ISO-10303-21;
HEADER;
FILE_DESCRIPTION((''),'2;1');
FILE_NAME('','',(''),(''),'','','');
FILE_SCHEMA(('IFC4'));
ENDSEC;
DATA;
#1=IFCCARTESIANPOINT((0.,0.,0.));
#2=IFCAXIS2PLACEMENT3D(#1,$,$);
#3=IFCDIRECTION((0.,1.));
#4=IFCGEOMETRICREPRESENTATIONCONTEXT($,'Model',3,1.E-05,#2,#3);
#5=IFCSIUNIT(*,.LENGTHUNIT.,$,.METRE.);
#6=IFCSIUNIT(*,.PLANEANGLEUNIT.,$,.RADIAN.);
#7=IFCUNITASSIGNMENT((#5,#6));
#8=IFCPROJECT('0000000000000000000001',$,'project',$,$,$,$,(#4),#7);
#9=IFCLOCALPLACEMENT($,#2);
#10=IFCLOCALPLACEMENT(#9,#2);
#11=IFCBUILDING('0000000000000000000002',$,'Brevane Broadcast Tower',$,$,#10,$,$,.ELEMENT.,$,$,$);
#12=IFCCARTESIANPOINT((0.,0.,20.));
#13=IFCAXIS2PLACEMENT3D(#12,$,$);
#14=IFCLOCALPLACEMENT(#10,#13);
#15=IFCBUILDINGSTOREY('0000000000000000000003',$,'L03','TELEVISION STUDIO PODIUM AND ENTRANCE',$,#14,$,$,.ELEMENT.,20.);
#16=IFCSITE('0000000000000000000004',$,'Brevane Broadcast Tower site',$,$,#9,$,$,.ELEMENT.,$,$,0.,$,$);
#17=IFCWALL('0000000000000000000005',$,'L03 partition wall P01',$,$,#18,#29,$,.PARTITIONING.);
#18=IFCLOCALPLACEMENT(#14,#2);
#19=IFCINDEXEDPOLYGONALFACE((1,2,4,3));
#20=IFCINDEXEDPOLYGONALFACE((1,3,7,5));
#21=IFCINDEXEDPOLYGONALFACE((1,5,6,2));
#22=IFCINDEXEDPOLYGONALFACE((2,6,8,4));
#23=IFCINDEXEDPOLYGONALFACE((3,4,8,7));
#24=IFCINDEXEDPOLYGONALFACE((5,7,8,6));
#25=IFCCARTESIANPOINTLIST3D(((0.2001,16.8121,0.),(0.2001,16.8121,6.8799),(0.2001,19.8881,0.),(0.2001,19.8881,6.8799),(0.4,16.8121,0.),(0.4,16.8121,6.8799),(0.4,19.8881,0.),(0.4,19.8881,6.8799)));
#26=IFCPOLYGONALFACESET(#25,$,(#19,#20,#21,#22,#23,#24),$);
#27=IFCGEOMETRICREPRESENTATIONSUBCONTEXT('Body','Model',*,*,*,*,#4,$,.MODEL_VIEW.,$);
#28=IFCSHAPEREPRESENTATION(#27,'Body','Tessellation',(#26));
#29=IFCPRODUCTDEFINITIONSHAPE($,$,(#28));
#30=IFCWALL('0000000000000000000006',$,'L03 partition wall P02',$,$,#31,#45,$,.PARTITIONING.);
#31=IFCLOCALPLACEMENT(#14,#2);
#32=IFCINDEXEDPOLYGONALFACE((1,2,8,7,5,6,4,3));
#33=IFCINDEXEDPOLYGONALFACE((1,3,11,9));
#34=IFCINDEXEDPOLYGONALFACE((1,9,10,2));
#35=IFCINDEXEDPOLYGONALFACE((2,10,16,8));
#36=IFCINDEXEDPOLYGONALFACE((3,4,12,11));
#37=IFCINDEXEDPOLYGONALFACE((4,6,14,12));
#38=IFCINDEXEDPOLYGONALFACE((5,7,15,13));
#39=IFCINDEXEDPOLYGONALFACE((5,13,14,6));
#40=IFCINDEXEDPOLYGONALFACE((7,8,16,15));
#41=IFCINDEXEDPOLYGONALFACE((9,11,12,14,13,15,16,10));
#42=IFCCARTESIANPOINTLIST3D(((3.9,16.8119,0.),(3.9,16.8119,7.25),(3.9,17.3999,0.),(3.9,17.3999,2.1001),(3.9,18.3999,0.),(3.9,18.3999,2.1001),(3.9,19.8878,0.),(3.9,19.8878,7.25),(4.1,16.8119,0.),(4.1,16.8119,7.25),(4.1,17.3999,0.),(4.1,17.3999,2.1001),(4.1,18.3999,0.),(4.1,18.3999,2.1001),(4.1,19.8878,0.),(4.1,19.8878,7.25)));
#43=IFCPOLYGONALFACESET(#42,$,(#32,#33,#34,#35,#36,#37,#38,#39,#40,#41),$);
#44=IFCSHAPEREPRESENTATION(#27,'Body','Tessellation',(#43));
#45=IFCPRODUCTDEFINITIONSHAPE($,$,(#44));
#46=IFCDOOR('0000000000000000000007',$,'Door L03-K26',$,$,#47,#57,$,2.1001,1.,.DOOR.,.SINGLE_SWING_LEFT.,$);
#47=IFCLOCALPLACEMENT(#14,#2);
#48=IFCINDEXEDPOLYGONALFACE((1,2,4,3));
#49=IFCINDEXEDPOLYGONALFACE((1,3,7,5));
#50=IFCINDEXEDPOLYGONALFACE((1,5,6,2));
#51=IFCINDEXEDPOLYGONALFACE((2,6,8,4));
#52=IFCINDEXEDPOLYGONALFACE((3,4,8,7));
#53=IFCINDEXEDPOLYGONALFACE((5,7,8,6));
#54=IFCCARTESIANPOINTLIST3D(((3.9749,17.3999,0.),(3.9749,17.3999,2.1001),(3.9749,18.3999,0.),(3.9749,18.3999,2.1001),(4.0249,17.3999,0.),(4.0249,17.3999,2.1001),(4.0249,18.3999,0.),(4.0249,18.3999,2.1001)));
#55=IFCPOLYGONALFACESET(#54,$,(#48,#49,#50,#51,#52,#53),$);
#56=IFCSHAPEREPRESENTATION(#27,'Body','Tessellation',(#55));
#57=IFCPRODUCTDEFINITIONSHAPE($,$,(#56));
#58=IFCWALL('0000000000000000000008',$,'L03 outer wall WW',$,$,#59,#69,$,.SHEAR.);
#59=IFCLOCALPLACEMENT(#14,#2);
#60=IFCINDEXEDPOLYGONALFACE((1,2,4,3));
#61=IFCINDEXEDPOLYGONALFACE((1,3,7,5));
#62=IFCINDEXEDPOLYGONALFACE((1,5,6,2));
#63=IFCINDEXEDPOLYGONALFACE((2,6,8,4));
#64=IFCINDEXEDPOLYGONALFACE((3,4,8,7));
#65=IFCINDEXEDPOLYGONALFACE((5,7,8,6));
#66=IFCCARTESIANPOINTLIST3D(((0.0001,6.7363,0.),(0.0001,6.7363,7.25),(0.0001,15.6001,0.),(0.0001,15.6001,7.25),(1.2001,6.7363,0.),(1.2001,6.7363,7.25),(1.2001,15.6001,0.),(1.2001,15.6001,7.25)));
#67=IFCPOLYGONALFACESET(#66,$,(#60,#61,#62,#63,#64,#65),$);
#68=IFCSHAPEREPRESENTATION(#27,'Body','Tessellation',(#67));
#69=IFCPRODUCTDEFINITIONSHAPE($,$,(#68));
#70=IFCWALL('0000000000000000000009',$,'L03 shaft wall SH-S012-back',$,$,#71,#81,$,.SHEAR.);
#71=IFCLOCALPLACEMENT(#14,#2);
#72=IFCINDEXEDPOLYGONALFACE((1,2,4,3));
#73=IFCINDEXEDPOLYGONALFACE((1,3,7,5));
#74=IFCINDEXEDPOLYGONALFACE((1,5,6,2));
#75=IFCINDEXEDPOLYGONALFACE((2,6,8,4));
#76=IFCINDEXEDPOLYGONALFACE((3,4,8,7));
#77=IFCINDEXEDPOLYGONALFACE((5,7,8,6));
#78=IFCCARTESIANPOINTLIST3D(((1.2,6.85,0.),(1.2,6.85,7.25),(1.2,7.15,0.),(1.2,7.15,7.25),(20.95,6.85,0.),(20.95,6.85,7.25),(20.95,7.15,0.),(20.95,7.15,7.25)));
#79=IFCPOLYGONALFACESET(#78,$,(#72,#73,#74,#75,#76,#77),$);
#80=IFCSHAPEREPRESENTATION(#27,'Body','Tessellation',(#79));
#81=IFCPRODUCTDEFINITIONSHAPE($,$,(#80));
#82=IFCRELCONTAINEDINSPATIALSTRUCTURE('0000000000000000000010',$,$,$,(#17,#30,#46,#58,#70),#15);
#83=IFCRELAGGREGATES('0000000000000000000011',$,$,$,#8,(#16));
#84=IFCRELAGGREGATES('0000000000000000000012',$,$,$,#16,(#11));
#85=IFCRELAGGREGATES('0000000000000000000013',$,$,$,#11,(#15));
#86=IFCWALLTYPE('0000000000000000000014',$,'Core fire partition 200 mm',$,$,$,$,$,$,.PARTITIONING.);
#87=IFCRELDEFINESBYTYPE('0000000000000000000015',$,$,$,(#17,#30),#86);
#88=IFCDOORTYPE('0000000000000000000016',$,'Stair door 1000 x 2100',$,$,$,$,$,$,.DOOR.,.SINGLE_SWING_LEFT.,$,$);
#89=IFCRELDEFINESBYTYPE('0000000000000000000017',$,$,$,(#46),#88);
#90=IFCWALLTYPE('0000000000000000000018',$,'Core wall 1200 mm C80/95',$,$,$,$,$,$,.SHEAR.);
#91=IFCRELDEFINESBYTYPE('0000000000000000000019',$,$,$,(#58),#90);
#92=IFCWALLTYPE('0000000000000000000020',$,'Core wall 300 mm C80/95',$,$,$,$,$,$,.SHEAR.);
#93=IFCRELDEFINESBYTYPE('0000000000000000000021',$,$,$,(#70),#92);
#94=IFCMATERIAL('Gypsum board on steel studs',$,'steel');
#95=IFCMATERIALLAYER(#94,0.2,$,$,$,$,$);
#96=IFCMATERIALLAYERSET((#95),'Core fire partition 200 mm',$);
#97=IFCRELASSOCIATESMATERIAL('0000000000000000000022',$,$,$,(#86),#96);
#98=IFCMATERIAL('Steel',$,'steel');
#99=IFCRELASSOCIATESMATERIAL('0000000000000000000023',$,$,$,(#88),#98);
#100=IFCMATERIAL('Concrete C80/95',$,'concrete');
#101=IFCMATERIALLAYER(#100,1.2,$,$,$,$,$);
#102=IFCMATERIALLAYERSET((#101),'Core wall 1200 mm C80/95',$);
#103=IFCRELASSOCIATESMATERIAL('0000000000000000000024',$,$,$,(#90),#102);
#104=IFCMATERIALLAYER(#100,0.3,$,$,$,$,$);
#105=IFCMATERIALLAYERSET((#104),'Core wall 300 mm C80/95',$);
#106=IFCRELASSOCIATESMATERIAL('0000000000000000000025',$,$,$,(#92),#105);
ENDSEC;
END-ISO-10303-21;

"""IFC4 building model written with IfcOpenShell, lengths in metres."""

from ifc_helpers import new_model, si_unit, direction, frame, frame_2d, origin, place, context, subcontext, project, spatial, rectangle, extrude, material, layer, layer_set, type_object, element, fill, save


model = new_model("IFC4")

# Units and contexts
model_context = context("Model", 3, precision=1e-05, world=origin(), true_north=direction((0.0, 1.0)))
body_context = subcontext(model_context, "Body", "Model", "MODEL_VIEW")
ifc_project = project(units=[si_unit("LENGTHUNIT", "METRE"), si_unit("PLANEANGLEUNIT", "RADIAN")], contexts=[model_context])

# Site, building, storey
site_placement = place(None, origin())
site = spatial("IfcSite", under=ifc_project, at=site_placement, Name="Brevane Broadcast Tower site", CompositionType="ELEMENT", RefElevation=0.0)
building_placement = place(site_placement, origin())
building = spatial("IfcBuilding", under=site, at=building_placement, Name="Brevane Broadcast Tower", CompositionType="ELEMENT")
storey_placement = place(building_placement, frame((0.0, 0.0, 20.0)))
storey = spatial("IfcBuildingStorey", under=building, at=storey_placement, Name="L03", Description="TELEVISION STUDIO PODIUM AND ENTRANCE", CompositionType="ELEMENT", Elevation=20.0)

# Wall
ifc_material_1 = material(Name="Gypsum board on steel studs", Category="steel")
ifc_layer_1 = layer(ifc_material_1, 0.2)
ifc_layer_set_1 = layer_set([ifc_layer_1], Name="Core fire partition 200 mm")
wall_type_1 = type_object("IfcWallType", Name="Core fire partition 200 mm", PredefinedType="PARTITIONING", material=ifc_layer_set_1)
wall_1_placement = place(storey_placement, frame((0.3, 16.812, 0.0), z_axis=(0.0, 0.0, 1.0), x_axis=(0.0, 1.0, 0.0)))
element("IfcWall", 1, at=wall_1_placement, inside=storey, type_object=wall_type_1, Name="L03 partition wall P01", PredefinedType="PARTITIONING", context=body_context, shape_type="SweptSolid", body=[
    extrude(rectangle(XDim=3.0759, YDim=0.2, at=frame_2d((1.5381, 0.0))), origin(), (0.0, 0.0, 1.0), 6.8799),
])

# Wall, opening, door
wall_2_placement = place(storey_placement, frame((4.0, 19.8879, 0.0), z_axis=(0.0, 0.0, 1.0), x_axis=(0.0, -1.0, 0.0)))
wall_2 = element("IfcWall", 2, at=wall_2_placement, inside=storey, type_object=wall_type_1, Name="L03 partition wall P02", PredefinedType="PARTITIONING", context=body_context, shape_type="SweptSolid", body=[
    extrude(rectangle(XDim=3.0759, YDim=0.2, at=frame_2d((1.5381, 0.0))), origin(), (0.0, 0.0, 1.0), 7.25),
])
opening_1_placement = place(wall_2_placement, frame((1.488, 0.0, 0.0)))
opening_1 = element("IfcOpeningElement", 3, at=opening_1_placement, cuts=wall_2, PredefinedType="OPENING", context=body_context, shape_type="SweptSolid", body=[
    extrude(rectangle(XDim=1.0, YDim=2.1001, at=frame_2d((0.5, 1.05))), frame((0.0, 0.1099, 0.0), z_axis=(0.0, -1.0, 0.0), x_axis=(1.0, 0.0, 0.0)), (0.0, 0.0, 1.0), 0.22),
])
ifc_material_2 = material(Name="Steel", Category="steel")
door_type_1 = type_object("IfcDoorType", Name="Stair door 1000 x 2100", OperationType="SINGLE_SWING_LEFT", PredefinedType="DOOR", material=ifc_material_2)
door_1_placement = place(opening_1_placement, origin())
door_1 = element("IfcDoor", 4, at=door_1_placement, inside=storey, type_object=door_type_1, Name="Door L03-K26", OperationType="SINGLE_SWING_LEFT", OverallHeight=2.1001, OverallWidth=1.0, PredefinedType="DOOR", context=body_context, shape_type="SweptSolid", body=[
    extrude(rectangle(XDim=1.0, YDim=2.1001, at=frame_2d((0.5, 1.05))), frame((0.0, 0.0249, 0.0), z_axis=(0.0, -1.0, 0.0), x_axis=(1.0, 0.0, 0.0)), (0.0, 0.0, 1.0), 0.05),
])
fill(opening_1, door_1)

# Walls
ifc_material_3 = material(Name="Concrete C80/95", Category="concrete")
ifc_layer_2 = layer(ifc_material_3, 1.2)
ifc_layer_set_2 = layer_set([ifc_layer_2], Name="Core wall 1200 mm C80/95")
wall_type_2 = type_object("IfcWallType", Name="Core wall 1200 mm C80/95", PredefinedType="SHEAR", material=ifc_layer_set_2)
wall_3_placement = place(storey_placement, frame((0.6001, 6.7363, 0.0), z_axis=(0.0, 0.0, 1.0), x_axis=(0.0, 1.0, 0.0)))
element("IfcWall", 5, at=wall_3_placement, inside=storey, type_object=wall_type_2, Name="L03 outer wall WW", PredefinedType="SHEAR", context=body_context, shape_type="SweptSolid", body=[
    extrude(rectangle(XDim=8.8638, YDim=1.2, at=frame_2d((4.4319, 0.0))), origin(), (0.0, 0.0, 1.0), 7.25),
])
ifc_layer_3 = layer(ifc_material_3, 0.3)
ifc_layer_set_3 = layer_set([ifc_layer_3], Name="Core wall 300 mm C80/95")
wall_type_3 = type_object("IfcWallType", Name="Core wall 300 mm C80/95", PredefinedType="SHEAR", material=ifc_layer_set_3)
wall_4_placement = place(storey_placement, frame((1.2, 7.0, 0.0), z_axis=(0.0, 0.0, 1.0), x_axis=(1.0, 0.0, 0.0)))
element("IfcWall", 6, at=wall_4_placement, inside=storey, type_object=wall_type_3, Name="L03 shaft wall SH-S012-back", PredefinedType="SHEAR", context=body_context, shape_type="SweptSolid", body=[
    extrude(rectangle(XDim=19.75, YDim=0.3, at=frame_2d((9.875, 0.0))), origin(), (0.0, 0.0, 1.0), 7.25),
])

save(model, "model.ifc")
